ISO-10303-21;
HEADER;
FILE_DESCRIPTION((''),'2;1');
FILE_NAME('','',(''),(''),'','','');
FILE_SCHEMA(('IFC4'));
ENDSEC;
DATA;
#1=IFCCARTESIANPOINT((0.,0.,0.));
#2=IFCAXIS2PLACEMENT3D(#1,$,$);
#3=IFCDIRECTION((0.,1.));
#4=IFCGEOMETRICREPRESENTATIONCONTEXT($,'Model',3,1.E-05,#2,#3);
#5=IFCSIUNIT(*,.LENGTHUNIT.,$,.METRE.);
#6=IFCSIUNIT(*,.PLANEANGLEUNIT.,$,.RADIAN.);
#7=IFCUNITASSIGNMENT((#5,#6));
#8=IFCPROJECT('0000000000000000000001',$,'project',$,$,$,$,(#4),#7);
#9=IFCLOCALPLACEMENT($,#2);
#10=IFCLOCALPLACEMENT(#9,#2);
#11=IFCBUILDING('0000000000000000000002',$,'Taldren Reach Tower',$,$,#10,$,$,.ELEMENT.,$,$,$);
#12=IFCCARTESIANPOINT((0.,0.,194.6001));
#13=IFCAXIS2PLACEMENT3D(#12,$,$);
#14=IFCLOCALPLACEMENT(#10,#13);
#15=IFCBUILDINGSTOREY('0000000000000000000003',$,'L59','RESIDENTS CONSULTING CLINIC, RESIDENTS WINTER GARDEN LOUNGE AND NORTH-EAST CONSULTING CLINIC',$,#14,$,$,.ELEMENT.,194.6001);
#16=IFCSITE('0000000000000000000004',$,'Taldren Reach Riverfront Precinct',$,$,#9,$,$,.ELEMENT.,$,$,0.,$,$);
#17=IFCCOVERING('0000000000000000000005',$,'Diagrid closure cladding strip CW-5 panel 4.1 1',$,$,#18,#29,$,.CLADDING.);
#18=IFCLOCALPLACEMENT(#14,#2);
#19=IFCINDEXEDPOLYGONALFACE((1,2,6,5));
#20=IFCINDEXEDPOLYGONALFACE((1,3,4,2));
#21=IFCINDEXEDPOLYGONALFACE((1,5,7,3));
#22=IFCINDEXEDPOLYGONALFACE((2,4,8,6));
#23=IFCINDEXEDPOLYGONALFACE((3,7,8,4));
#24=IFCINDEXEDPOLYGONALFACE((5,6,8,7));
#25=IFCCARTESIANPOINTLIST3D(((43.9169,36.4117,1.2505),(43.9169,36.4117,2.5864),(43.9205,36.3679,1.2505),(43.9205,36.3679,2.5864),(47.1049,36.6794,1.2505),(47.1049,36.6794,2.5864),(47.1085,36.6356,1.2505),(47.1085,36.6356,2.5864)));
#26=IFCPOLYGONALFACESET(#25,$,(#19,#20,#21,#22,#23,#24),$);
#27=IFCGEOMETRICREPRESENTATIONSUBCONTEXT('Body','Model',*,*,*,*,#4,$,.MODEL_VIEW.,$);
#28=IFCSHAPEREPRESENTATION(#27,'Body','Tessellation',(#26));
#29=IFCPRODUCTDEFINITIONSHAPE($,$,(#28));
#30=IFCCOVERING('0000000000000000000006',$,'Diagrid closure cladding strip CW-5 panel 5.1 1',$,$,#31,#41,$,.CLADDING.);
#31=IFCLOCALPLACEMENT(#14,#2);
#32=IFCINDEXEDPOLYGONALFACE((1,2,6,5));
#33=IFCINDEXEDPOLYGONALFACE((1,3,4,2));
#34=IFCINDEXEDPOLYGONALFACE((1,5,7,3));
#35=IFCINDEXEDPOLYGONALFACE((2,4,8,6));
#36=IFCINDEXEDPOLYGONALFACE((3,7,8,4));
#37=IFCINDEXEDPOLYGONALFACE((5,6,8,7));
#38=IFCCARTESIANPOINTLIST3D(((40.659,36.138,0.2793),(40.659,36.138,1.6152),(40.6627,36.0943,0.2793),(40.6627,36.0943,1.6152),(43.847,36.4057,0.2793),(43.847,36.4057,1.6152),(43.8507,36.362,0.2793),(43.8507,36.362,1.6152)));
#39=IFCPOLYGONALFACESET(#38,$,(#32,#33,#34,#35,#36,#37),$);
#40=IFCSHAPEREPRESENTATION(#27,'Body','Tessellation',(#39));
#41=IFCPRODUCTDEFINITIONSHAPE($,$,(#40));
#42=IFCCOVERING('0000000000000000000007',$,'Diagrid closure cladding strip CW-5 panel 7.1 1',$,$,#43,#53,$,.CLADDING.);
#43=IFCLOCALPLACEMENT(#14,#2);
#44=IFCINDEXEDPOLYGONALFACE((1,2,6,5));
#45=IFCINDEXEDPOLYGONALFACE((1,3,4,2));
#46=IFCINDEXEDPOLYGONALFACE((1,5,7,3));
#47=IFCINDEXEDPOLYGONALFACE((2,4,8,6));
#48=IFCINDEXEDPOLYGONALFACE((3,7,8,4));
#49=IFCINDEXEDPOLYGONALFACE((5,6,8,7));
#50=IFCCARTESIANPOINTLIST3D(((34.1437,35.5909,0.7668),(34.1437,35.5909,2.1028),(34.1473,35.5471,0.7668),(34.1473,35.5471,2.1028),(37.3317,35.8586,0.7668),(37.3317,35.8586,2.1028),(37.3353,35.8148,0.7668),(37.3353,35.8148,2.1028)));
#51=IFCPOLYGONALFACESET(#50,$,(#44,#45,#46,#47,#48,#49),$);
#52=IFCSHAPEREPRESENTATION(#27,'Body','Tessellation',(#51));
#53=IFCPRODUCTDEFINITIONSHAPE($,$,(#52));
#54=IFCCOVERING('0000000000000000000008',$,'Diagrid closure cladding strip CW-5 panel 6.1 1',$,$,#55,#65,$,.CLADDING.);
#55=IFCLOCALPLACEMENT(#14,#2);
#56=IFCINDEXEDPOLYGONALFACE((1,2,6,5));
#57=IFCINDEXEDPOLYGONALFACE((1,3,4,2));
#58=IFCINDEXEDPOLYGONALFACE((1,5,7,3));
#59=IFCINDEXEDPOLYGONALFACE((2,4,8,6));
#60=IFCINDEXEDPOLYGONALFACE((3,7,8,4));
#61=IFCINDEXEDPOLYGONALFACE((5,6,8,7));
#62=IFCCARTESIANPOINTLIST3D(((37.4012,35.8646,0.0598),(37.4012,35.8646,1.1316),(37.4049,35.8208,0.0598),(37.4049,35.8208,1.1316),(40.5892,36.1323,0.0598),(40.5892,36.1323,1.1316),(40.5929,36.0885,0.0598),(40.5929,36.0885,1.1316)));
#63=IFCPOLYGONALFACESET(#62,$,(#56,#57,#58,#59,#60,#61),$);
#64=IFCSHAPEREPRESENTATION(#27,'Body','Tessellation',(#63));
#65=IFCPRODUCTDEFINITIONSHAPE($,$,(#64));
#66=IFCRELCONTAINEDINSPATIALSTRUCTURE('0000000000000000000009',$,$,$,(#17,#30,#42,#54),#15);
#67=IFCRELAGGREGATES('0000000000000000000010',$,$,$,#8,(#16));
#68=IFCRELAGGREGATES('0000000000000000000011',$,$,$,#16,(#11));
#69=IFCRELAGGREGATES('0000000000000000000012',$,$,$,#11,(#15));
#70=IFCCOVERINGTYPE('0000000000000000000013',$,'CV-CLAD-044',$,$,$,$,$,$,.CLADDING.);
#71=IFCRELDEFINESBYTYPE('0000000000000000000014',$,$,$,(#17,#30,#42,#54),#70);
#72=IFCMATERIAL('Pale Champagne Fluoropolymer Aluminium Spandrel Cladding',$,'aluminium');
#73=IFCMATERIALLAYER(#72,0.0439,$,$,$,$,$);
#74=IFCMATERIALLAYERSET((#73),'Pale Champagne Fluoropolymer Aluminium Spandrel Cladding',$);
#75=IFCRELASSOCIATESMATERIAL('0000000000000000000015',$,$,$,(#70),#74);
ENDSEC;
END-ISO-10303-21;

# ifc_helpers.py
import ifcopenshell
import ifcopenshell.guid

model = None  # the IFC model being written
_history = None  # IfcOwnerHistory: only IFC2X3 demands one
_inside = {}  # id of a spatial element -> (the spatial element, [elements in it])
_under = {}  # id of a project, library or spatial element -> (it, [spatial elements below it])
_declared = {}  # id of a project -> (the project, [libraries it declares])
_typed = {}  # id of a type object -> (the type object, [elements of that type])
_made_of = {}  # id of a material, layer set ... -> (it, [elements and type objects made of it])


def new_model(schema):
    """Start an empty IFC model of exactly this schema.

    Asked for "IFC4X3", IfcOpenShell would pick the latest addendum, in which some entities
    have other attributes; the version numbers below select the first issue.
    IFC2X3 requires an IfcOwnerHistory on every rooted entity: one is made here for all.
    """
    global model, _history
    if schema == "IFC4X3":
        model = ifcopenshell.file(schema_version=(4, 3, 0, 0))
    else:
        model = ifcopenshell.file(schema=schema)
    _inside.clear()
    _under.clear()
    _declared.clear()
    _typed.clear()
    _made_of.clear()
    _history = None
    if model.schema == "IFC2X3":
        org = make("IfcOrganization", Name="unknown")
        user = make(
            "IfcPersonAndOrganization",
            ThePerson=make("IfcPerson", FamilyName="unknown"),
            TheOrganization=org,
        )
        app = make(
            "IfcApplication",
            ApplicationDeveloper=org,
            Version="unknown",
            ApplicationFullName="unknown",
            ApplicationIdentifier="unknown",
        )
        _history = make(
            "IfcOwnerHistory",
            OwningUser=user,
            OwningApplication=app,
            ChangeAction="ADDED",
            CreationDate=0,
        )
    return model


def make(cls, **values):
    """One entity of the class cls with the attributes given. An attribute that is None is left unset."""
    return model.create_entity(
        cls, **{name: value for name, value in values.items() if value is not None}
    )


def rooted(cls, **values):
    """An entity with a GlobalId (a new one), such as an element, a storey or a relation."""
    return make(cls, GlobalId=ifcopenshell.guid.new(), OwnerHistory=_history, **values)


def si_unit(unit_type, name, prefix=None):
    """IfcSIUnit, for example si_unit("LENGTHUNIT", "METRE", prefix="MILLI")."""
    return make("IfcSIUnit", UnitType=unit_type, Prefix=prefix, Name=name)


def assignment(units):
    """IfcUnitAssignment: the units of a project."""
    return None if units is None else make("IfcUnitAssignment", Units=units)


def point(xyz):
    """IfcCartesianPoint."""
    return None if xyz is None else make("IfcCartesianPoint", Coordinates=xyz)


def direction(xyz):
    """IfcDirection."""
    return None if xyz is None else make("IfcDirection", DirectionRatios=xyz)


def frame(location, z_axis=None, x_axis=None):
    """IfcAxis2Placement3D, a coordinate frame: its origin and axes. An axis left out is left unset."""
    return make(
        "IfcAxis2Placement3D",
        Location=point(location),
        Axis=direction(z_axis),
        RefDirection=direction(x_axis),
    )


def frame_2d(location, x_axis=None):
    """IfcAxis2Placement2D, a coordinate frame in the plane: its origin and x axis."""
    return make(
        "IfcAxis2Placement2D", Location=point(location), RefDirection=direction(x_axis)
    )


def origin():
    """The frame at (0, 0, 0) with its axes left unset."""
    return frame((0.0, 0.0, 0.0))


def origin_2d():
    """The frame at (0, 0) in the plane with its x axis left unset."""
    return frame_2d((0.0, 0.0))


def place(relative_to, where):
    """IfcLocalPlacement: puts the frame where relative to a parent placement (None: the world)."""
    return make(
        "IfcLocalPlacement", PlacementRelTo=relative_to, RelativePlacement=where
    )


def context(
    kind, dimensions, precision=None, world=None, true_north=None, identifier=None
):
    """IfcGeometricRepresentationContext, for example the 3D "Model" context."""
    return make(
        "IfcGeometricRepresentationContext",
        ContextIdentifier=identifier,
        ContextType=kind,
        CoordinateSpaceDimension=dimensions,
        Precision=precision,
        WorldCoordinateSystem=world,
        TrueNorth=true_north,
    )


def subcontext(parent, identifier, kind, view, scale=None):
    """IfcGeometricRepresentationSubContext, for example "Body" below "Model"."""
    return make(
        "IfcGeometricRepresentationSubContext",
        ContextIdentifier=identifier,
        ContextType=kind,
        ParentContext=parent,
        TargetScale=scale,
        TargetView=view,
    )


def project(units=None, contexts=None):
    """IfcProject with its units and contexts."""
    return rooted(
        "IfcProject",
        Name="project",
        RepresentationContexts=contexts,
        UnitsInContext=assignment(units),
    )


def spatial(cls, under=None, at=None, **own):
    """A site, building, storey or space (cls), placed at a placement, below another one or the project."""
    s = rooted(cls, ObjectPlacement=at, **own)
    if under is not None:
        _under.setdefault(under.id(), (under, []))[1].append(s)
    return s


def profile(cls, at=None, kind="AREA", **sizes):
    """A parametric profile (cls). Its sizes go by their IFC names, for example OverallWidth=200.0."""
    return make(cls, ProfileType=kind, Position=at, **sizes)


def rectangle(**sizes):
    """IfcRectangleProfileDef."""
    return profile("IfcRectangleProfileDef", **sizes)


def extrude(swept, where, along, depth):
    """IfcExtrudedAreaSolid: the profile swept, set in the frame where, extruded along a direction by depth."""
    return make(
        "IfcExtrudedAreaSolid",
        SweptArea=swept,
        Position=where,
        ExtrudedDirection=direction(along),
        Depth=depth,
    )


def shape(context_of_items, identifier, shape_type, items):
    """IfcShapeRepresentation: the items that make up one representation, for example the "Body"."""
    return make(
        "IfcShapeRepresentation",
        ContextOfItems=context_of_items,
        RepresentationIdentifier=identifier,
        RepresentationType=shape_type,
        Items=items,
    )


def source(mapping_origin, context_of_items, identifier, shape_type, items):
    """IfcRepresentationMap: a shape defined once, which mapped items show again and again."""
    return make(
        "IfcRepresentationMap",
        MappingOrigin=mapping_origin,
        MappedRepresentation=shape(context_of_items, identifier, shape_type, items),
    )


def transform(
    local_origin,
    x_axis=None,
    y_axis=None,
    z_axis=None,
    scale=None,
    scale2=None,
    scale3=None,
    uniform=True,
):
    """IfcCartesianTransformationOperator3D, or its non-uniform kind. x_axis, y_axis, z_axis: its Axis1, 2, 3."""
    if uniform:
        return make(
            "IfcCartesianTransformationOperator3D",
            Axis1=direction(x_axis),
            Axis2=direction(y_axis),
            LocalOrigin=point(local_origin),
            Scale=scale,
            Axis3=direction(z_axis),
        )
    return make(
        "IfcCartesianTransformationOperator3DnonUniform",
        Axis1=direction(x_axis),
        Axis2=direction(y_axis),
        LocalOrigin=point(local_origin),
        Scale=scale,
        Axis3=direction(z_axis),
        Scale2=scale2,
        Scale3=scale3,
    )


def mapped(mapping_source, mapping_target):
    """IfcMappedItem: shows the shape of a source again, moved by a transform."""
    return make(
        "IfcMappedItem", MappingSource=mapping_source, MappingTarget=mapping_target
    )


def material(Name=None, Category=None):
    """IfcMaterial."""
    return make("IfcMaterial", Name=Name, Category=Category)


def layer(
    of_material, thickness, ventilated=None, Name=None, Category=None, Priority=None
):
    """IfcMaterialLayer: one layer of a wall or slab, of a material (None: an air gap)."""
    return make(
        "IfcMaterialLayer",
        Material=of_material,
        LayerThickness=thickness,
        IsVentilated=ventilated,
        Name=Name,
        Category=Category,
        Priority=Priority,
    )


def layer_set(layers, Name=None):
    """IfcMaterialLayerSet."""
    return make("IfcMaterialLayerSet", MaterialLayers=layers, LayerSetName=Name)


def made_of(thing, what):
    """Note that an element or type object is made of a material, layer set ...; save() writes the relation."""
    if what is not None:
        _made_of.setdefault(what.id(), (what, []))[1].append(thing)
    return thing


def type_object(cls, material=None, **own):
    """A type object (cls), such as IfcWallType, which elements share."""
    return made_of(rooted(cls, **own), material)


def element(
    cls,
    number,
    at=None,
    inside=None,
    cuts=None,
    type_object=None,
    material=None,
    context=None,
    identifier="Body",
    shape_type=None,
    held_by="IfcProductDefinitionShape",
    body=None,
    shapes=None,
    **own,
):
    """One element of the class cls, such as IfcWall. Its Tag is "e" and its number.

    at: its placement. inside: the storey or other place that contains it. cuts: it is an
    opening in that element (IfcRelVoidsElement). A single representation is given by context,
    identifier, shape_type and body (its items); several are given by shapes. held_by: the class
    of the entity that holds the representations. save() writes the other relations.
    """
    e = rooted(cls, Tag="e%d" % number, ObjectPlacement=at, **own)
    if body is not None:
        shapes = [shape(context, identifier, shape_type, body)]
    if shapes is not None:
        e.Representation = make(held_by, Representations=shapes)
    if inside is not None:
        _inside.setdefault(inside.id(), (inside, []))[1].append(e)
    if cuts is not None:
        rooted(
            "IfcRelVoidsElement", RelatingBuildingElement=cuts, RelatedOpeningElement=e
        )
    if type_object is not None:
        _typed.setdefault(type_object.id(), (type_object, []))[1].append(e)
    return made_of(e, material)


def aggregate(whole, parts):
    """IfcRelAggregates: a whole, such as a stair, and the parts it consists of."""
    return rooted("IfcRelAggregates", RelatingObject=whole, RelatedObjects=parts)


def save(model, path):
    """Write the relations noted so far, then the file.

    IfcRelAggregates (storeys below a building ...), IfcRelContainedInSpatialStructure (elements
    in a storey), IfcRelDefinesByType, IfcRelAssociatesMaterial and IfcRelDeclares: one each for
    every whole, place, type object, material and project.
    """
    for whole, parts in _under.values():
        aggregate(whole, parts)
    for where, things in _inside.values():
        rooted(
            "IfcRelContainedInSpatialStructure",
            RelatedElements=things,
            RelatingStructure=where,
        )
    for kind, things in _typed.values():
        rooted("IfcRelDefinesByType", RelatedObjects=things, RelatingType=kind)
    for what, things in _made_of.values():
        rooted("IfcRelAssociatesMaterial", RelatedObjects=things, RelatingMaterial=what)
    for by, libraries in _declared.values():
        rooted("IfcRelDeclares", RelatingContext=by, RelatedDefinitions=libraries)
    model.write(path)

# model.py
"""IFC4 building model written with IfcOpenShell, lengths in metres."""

from ifc_helpers import new_model, si_unit, direction, frame, origin, origin_2d, place, context, subcontext, project, spatial, rectangle, extrude, source, transform, mapped, material, layer, layer_set, type_object, element, save


model = new_model("IFC4")

# Units and contexts
model_context = context("Model", 3, precision=1e-05, world=origin(), true_north=direction((0.0, 1.0)))
body_context = subcontext(model_context, "Body", "Model", "MODEL_VIEW")
ifc_project = project(units=[si_unit("LENGTHUNIT", "METRE"), si_unit("PLANEANGLEUNIT", "RADIAN")], contexts=[model_context])

# Site, building, storey
site_placement = place(None, origin())
site = spatial("IfcSite", under=ifc_project, at=site_placement, Name="Taldren Reach Riverfront Precinct", CompositionType="ELEMENT", RefElevation=0.0)
building_placement = place(site_placement, origin())
building = spatial("IfcBuilding", under=site, at=building_placement, Name="Taldren Reach Tower", CompositionType="ELEMENT")
storey_placement = place(building_placement, frame((0.0, 0.0, 194.6001)))
storey = spatial("IfcBuildingStorey", under=building, at=storey_placement, Name="L59", Description="RESIDENTS CONSULTING CLINIC, RESIDENTS WINTER GARDEN LOUNGE AND NORTH-EAST CONSULTING CLINIC", CompositionType="ELEMENT", Elevation=194.6001)

# Coverings
ifc_material_1 = material(Name="Pale Champagne Fluoropolymer Aluminium Spandrel Cladding", Category="aluminium")
ifc_layer_1 = layer(ifc_material_1, 0.0439)
ifc_layer_set_1 = layer_set([ifc_layer_1], Name="Pale Champagne Fluoropolymer Aluminium Spandrel Cladding")
covering_type = type_object("IfcCoveringType", Name="CV-CLAD-044", PredefinedType="CLADDING", material=ifc_layer_set_1)
shared_shape_1 = source(origin(), body_context, "Body", "SweptSolid", [
    extrude(rectangle(XDim=3.1992, YDim=0.0439, at=origin_2d()), origin(), (0.0, 0.0, 1.0), 1.3359),
])
for number, where, z_axis, x_axis, name in (
    (1, (45.5127, 36.5237, 1.2505), (0.0, 0.0, 1.0), (-0.996493, -0.083678, 0.0), "Diagrid closure cladding strip CW-5 panel 4.1 1"),
    (2, (42.2549, 36.25, 0.2793), (0.0, 0.0, 1.0), (-0.996493, -0.083678, 0.0), "Diagrid closure cladding strip CW-5 panel 5.1 1"),
    (3, (35.7395, 35.7029, 0.7668), (0.0, 0.0, 1.0), (-0.996493, -0.083678, 0.0), "Diagrid closure cladding strip CW-5 panel 7.1 1"),
):
    element("IfcCovering", number, at=place(storey_placement, frame(where, z_axis=z_axis, x_axis=x_axis)), inside=storey, type_object=covering_type, Name=name, PredefinedType="CLADDING", context=body_context, shape_type="MappedRepresentation", body=[
        mapped(shared_shape_1, transform((0.0, 0.0, 0.0), scale=1.0)),
    ])
shared_shape_2 = source(origin(), body_context, "Body", "SweptSolid", [
    extrude(rectangle(XDim=3.1992, YDim=0.0439, at=origin_2d()), origin(), (0.0, 0.0, 1.0), 1.0718),
])
covering_placement = place(storey_placement, frame((38.9971, 35.9766, 0.0598), z_axis=(0.0, 0.0, 1.0), x_axis=(-0.996493, -0.083678, 0.0)))
element("IfcCovering", 4, at=covering_placement, inside=storey, type_object=covering_type, Name="Diagrid closure cladding strip CW-5 panel 6.1 1", PredefinedType="CLADDING", context=body_context, shape_type="MappedRepresentation", body=[
    mapped(shared_shape_2, transform((0.0, 0.0, 0.0), scale=1.0)),
])

save(model, "model.ifc")
